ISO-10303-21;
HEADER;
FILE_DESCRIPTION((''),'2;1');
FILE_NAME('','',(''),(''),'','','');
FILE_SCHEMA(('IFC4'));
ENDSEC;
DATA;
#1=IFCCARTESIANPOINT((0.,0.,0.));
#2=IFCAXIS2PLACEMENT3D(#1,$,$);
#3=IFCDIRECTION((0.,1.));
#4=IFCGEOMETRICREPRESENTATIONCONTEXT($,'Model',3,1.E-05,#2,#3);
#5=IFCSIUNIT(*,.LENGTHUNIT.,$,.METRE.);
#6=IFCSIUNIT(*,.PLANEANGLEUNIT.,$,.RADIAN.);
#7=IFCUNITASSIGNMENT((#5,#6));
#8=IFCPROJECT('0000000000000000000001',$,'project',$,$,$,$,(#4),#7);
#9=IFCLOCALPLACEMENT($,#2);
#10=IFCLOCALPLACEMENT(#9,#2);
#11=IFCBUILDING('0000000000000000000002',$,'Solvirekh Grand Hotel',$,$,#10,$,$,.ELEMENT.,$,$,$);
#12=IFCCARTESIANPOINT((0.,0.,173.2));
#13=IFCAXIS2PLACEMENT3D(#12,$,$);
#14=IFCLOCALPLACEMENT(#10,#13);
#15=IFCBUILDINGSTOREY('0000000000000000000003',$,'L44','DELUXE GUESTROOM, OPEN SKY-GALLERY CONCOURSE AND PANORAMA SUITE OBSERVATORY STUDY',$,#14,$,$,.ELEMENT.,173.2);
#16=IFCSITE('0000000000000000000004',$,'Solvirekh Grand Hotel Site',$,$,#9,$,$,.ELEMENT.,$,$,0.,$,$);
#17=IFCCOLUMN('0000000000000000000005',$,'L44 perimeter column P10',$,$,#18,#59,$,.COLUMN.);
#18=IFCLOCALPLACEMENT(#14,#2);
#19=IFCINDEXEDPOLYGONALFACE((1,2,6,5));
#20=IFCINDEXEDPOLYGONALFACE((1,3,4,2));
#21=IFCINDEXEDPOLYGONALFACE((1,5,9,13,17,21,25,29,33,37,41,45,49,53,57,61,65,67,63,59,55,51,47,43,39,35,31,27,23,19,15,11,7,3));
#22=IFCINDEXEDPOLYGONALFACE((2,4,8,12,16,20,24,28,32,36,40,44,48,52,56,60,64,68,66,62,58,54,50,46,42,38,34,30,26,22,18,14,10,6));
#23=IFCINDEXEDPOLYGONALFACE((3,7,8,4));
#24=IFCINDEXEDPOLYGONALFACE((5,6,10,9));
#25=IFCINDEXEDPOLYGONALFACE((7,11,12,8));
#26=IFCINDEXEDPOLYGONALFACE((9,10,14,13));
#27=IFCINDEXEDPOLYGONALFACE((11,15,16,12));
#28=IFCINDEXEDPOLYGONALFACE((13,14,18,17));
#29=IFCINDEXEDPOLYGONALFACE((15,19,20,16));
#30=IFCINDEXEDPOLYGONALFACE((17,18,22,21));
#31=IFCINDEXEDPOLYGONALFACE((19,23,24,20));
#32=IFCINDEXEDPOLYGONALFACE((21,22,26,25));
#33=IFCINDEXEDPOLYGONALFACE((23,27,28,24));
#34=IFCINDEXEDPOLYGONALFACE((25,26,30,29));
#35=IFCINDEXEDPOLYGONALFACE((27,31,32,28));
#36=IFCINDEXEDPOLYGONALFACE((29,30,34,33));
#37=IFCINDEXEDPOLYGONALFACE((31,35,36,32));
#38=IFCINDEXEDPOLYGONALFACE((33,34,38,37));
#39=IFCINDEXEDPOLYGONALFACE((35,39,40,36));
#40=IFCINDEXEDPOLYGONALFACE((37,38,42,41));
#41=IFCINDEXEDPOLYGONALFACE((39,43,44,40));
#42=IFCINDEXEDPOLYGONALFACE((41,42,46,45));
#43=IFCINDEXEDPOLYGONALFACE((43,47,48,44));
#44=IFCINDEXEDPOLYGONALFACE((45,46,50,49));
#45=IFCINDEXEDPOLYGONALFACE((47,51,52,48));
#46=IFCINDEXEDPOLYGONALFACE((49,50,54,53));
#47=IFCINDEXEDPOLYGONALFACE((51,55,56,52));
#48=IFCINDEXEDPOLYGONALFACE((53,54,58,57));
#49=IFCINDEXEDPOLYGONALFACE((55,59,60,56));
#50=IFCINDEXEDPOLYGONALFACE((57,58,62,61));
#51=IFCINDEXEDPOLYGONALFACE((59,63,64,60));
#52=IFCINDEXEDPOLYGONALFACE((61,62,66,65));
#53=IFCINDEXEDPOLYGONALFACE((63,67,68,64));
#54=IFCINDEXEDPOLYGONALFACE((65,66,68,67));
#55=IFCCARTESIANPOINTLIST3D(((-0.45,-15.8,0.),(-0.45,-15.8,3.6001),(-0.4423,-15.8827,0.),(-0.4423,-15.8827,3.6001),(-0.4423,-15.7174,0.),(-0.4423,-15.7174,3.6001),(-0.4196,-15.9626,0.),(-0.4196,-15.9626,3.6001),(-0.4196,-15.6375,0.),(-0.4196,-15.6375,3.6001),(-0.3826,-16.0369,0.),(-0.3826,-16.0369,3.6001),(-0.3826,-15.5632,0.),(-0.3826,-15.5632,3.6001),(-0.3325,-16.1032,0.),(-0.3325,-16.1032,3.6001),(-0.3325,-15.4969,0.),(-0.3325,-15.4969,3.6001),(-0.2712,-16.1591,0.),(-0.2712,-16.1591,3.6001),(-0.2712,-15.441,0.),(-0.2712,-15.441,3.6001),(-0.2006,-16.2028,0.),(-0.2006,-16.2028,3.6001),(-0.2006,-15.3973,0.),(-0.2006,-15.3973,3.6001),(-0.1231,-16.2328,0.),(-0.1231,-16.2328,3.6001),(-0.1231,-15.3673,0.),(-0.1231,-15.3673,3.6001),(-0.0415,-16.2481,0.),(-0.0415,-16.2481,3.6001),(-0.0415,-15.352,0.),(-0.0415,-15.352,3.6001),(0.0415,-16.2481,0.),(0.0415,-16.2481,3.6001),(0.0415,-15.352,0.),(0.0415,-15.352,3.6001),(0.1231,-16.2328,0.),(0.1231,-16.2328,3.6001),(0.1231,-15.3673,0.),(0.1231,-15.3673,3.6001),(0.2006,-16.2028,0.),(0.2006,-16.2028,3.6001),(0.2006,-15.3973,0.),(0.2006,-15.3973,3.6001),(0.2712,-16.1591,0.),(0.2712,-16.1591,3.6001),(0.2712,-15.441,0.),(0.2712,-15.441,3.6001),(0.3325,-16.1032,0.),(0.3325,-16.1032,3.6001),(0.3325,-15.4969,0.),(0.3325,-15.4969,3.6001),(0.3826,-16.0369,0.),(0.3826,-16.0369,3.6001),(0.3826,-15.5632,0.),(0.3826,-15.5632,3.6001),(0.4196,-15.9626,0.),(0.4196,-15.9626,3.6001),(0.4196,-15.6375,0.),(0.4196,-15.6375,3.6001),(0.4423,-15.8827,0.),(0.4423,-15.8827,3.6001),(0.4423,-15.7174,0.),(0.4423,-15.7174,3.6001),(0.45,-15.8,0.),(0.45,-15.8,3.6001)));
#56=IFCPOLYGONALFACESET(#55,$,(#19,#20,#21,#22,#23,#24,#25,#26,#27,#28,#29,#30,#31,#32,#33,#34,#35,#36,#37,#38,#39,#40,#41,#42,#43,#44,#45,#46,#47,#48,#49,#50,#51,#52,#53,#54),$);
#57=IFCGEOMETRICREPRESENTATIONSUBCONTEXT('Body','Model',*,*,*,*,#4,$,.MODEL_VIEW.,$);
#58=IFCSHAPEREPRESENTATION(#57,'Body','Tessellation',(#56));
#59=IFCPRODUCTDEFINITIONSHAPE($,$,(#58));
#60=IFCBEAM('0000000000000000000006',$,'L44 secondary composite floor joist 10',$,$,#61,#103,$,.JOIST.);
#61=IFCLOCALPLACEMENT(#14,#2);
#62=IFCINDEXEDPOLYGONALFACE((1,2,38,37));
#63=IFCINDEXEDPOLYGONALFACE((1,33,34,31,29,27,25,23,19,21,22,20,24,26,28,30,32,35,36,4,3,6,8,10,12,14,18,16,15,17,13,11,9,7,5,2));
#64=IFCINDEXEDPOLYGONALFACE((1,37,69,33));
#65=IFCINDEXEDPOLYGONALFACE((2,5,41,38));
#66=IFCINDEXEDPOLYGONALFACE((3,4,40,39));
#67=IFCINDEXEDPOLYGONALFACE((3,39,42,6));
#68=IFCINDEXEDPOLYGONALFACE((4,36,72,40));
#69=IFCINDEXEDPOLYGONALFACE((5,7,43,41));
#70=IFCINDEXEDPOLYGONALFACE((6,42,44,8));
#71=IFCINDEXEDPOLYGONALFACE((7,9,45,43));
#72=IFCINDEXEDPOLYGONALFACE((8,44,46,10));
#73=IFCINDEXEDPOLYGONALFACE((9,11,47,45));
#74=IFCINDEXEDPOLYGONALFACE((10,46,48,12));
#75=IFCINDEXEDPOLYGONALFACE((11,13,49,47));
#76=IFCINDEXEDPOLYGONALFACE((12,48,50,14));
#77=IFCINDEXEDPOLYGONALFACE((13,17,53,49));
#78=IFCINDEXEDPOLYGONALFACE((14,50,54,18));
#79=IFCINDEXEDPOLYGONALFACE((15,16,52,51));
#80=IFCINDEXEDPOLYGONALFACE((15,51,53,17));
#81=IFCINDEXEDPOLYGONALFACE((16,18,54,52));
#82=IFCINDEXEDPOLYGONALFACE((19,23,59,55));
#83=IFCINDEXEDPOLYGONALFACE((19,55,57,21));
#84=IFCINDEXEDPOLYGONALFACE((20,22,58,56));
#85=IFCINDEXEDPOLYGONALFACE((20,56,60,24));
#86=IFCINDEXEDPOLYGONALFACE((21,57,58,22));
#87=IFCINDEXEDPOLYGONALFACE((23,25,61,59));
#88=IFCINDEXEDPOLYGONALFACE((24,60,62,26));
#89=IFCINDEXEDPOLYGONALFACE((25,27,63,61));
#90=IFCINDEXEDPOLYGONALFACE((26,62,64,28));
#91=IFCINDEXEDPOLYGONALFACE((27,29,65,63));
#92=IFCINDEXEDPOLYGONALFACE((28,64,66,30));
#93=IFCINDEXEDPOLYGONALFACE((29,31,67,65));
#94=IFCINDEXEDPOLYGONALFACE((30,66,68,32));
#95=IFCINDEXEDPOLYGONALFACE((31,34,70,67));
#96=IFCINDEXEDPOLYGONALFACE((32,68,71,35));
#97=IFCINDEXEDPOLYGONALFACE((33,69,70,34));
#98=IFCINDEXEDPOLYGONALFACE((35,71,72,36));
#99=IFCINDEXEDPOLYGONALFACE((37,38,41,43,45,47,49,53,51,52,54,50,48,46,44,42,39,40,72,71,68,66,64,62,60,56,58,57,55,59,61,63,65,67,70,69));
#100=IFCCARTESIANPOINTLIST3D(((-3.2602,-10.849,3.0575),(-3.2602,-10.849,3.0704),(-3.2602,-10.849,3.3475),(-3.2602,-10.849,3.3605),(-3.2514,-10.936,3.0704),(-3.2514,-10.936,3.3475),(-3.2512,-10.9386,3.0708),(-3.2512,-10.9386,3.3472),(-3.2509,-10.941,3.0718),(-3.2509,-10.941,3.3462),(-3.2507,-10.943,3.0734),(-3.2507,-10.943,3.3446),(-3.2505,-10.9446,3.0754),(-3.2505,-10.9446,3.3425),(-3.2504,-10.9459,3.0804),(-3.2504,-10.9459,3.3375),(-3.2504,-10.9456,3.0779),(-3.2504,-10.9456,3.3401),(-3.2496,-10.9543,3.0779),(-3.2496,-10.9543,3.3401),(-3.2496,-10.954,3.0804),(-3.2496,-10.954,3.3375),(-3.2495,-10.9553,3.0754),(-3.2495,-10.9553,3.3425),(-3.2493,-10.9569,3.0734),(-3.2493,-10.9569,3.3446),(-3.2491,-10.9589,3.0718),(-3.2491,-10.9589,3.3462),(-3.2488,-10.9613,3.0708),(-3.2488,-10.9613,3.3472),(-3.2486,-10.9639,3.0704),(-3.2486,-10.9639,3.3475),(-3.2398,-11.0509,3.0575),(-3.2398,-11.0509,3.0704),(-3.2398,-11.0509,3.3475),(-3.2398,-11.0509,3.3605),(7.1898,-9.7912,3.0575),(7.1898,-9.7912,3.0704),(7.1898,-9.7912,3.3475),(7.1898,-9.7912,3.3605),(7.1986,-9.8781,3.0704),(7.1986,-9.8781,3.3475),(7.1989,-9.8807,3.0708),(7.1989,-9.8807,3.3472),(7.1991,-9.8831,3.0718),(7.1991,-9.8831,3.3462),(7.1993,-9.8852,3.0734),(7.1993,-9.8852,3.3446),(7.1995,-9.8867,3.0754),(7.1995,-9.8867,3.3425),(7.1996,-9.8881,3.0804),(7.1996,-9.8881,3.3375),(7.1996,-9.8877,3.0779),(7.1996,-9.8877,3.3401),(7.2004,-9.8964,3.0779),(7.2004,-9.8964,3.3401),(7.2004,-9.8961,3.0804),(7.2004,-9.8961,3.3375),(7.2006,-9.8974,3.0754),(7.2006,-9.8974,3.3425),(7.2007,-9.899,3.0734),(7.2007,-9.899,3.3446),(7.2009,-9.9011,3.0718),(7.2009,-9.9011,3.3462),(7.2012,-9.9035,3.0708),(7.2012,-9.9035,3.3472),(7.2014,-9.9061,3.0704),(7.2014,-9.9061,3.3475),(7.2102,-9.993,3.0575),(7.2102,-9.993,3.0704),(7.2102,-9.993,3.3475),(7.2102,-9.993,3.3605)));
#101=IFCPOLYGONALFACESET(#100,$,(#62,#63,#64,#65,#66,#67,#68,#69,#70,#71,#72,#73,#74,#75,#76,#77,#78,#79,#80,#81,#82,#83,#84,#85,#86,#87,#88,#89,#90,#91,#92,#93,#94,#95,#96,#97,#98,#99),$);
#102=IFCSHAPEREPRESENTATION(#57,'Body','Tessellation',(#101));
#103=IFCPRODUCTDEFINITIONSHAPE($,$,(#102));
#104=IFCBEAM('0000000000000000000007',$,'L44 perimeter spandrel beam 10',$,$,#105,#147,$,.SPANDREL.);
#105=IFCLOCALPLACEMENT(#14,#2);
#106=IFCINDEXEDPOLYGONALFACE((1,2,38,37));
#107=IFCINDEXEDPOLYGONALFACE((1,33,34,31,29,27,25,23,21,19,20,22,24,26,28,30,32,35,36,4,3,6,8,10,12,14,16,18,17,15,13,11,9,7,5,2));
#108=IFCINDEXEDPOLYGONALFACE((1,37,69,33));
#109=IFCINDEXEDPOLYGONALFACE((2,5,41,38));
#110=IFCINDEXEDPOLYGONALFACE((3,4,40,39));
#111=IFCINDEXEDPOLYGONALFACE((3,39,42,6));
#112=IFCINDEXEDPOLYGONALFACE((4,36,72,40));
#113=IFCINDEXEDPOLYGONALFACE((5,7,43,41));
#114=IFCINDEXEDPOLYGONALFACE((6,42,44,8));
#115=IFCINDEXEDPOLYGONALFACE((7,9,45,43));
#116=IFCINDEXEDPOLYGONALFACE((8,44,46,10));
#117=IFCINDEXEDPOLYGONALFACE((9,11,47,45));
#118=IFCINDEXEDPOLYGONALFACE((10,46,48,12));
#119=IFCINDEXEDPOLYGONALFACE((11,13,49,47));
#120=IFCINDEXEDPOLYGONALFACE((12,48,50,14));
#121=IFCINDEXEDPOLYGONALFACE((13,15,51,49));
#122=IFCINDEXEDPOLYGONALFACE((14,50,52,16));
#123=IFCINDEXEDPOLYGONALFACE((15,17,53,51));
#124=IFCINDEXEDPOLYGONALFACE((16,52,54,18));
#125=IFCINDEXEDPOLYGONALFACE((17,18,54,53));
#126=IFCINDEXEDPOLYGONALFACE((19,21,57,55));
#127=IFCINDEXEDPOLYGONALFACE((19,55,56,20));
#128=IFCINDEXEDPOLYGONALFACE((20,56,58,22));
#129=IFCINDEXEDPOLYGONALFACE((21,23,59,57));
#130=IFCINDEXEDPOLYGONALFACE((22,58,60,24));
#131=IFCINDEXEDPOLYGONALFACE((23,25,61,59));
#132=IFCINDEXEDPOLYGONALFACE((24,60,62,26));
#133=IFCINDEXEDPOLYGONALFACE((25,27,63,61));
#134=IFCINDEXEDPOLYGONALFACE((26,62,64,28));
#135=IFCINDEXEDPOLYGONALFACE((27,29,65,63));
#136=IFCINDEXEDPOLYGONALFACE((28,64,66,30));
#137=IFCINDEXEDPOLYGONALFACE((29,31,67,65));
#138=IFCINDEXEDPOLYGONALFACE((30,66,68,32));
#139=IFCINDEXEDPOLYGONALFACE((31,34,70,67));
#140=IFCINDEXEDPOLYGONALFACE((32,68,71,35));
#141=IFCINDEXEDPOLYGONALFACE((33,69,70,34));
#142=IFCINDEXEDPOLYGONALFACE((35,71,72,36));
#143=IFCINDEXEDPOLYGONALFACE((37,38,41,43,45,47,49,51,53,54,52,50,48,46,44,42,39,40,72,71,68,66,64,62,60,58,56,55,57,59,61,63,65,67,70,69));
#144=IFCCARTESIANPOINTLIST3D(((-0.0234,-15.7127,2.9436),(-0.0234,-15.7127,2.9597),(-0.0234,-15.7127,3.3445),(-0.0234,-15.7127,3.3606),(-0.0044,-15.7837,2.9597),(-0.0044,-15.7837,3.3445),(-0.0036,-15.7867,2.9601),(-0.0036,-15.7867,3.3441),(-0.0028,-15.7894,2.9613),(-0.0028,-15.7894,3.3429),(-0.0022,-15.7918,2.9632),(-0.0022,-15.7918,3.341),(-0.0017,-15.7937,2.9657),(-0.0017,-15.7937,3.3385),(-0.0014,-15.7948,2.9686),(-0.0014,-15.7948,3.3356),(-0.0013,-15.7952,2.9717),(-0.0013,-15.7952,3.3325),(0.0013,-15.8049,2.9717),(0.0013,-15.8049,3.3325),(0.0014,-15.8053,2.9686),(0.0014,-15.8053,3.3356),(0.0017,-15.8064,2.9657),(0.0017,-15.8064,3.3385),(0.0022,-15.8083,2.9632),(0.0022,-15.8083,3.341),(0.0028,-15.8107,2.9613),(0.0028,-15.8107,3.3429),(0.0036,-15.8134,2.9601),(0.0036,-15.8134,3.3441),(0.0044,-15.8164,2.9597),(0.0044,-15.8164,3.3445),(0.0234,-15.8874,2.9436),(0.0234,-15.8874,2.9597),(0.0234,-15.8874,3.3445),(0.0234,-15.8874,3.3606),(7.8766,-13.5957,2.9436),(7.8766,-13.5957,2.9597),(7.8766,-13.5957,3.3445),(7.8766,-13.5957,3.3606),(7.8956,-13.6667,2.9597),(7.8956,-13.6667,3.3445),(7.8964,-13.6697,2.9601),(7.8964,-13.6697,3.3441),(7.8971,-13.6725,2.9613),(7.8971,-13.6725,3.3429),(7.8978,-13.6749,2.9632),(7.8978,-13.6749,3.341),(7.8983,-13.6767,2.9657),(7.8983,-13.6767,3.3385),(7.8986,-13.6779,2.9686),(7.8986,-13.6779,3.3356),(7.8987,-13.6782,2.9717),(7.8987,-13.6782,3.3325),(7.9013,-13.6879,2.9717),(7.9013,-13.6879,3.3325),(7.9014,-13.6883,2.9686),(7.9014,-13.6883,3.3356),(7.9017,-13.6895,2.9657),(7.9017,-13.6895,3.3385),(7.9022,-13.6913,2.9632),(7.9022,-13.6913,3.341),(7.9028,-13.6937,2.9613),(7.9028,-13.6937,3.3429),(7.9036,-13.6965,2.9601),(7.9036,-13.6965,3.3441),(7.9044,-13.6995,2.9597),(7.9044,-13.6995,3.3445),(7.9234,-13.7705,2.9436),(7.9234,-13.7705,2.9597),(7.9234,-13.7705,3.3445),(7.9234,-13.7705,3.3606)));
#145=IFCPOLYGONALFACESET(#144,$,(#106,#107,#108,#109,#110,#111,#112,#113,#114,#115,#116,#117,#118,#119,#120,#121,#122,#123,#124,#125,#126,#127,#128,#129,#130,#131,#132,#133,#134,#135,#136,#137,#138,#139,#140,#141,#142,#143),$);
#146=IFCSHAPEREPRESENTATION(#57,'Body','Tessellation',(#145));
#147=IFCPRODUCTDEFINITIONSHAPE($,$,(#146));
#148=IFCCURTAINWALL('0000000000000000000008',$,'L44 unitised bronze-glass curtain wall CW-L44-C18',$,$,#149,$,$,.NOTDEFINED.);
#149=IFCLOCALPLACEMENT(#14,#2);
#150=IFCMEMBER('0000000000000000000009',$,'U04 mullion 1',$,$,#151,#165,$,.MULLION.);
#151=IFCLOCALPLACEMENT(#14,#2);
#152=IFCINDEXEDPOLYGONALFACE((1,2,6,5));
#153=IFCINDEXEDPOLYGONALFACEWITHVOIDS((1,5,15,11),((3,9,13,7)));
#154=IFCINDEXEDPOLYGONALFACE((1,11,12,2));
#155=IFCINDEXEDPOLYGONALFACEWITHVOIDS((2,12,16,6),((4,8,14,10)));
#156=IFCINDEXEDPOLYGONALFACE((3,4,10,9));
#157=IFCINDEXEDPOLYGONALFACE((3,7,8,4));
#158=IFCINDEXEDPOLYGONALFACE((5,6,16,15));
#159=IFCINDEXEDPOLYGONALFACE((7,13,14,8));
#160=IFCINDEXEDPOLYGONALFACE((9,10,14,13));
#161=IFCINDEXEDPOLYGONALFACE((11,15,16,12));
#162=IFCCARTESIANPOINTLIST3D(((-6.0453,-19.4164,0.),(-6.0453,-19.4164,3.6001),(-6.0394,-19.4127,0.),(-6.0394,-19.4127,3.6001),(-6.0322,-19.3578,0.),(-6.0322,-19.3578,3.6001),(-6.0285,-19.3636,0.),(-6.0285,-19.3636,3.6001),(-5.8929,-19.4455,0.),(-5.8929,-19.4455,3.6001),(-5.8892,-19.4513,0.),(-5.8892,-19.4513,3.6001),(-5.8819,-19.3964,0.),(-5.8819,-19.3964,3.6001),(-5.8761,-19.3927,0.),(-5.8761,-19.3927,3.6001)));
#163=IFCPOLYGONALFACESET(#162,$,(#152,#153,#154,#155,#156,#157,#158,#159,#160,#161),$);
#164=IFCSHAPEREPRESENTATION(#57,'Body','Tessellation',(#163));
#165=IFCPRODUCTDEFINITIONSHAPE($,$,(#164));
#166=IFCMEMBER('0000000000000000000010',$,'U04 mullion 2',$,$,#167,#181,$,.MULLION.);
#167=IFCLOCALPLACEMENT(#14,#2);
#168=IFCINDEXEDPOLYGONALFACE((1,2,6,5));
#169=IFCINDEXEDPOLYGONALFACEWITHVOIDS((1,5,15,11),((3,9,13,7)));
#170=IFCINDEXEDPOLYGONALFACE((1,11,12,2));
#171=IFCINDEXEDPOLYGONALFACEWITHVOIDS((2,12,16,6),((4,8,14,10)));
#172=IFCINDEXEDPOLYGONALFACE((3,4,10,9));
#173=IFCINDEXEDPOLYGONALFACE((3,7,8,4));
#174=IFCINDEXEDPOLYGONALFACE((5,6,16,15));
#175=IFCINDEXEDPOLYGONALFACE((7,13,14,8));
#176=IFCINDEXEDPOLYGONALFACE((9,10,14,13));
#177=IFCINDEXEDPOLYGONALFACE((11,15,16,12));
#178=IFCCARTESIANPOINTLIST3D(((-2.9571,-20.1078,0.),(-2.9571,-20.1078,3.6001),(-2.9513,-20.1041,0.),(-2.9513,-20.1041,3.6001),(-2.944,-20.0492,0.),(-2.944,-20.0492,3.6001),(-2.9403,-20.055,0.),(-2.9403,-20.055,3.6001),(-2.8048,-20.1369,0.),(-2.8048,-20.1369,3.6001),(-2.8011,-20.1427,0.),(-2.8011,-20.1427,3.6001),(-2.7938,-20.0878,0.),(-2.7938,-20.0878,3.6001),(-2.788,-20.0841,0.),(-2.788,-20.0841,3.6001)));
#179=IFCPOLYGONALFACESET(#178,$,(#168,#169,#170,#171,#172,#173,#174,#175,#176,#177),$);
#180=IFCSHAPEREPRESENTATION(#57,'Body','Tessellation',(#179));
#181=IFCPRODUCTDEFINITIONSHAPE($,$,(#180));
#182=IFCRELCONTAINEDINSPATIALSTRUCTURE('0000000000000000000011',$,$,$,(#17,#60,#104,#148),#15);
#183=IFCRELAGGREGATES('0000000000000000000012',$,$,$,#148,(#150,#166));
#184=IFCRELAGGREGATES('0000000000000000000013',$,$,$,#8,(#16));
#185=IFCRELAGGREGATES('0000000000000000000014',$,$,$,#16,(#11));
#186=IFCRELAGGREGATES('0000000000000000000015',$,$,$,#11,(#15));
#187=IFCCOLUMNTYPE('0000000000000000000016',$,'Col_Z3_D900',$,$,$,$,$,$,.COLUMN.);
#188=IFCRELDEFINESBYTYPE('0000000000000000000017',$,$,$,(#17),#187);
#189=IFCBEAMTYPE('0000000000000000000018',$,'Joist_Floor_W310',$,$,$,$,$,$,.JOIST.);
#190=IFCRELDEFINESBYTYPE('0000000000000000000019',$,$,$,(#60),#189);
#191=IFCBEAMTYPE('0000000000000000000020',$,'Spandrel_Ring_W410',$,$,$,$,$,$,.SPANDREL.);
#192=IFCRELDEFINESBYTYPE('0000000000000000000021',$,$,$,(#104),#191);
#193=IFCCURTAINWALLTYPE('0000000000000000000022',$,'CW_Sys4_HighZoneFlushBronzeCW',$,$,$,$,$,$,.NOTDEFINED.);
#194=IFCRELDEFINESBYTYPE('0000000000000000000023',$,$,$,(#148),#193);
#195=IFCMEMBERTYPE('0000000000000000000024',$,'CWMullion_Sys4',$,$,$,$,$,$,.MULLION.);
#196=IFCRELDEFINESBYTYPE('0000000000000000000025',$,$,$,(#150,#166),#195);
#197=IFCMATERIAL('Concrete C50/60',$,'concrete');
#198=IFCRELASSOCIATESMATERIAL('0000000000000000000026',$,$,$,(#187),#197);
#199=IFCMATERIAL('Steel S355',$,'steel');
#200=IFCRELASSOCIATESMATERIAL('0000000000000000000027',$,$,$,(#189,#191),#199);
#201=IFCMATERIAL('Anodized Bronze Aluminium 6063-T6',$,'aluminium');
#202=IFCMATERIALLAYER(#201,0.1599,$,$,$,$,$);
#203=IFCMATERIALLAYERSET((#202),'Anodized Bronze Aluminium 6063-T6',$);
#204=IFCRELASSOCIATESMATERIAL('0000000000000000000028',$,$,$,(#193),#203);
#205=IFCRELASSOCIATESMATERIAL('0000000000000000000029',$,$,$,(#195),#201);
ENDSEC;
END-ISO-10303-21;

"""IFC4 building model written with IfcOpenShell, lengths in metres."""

from ifc_helpers import new_model, si_unit, direction, frame, origin, origin_2d, place, context, subcontext, project, spatial, hollow_rectangle, circle, i_section, extrude, source, transform, mapped, material, layer, layer_set, material_profile, profile_set, type_object, element, aggregate, save


model = new_model("IFC4")

# Units and contexts
model_context = context("Model", 3, precision=1e-05, world=origin(), true_north=direction((0.0, 1.0)))
body_context = subcontext(model_context, "Body", "Model", "MODEL_VIEW")
ifc_project = project(units=[si_unit("LENGTHUNIT", "METRE"), si_unit("PLANEANGLEUNIT", "RADIAN")], contexts=[model_context])

# Site, building, storey
site_placement = place(None, origin())
site = spatial("IfcSite", under=ifc_project, at=site_placement, Name="Solvirekh Grand Hotel Site", CompositionType="ELEMENT", RefElevation=0.0)
building_placement = place(site_placement, origin())
building = spatial("IfcBuilding", under=site, at=building_placement, Name="Solvirekh Grand Hotel", CompositionType="ELEMENT")
storey_placement = place(building_placement, frame((0.0, 0.0, 173.2)))
storey = spatial("IfcBuildingStorey", under=building, at=storey_placement, Name="L44", Description="DELUXE GUESTROOM, OPEN SKY-GALLERY CONCOURSE AND PANORAMA SUITE OBSERVATORY STUDY", CompositionType="ELEMENT", Elevation=173.2)

# Column
ifc_material_1 = material(Name="Concrete C50/60", Category="concrete")
ifc_material_profile_1 = material_profile(ifc_material_1, circle(Radius=0.45, at=origin_2d()), Name="RC CIRC D900")
ifc_profile_set_1 = profile_set([ifc_material_profile_1], Name="Concrete C50/60")
column_type = type_object("IfcColumnType", Name="Col_Z3_D900", PredefinedType="COLUMN", material=ifc_profile_set_1)
column_placement = place(storey_placement, frame((0.0, -15.8, 0.0), z_axis=(0.0, 0.0, 1.0), x_axis=(1.0, 0.0, 0.0)))
element("IfcColumn", 1, at=column_placement, inside=storey, type_object=column_type, Name="L44 perimeter column P10", PredefinedType="COLUMN", context=body_context, shape_type="SweptSolid", body=[
    extrude(circle(Radius=0.45, at=origin_2d()), origin(), (0.0, 0.0, 1.0), 3.6001),
])

# Beams
ifc_material_2 = material(Name="Steel S355", Category="steel")
ifc_material_profile_2 = material_profile(ifc_material_2, i_section(OverallWidth=0.2029, OverallDepth=0.303, WebThickness=0.0081, FlangeThickness=0.0129, FilletRadius=0.01, at=origin_2d()), Name="W310X60")
ifc_profile_set_2 = profile_set([ifc_material_profile_2], Name="Steel S355")
beam_type_1 = type_object("IfcBeamType", Name="Joist_Floor_W310", PredefinedType="JOIST", material=ifc_profile_set_2)
beam_1_placement = place(storey_placement, frame((-3.25, -10.95, 3.209), z_axis=(0.994915, 0.100716, 0.0), x_axis=(-0.100716, 0.994915, 0.0)))
element("IfcBeam", 2, at=beam_1_placement, inside=storey, type_object=beam_type_1, Name="L44 secondary composite floor joist 10", PredefinedType="JOIST", context=body_context, shape_type="SweptSolid", body=[
    extrude(i_section(OverallWidth=0.2029, OverallDepth=0.303, WebThickness=0.0081, FlangeThickness=0.0129, FilletRadius=0.01, at=origin_2d()), origin(), (0.0, 0.0, 1.0), 10.5034),
])
ifc_material_profile_3 = material_profile(ifc_material_2, i_section(OverallWidth=0.1809, OverallDepth=0.417, WebThickness=0.01, FlangeThickness=0.0161, FilletRadius=0.012, at=origin_2d()), Name="W410X85")
ifc_profile_set_3 = profile_set([ifc_material_profile_3], Name="Steel S355")
beam_type_2 = type_object("IfcBeamType", Name="Spandrel_Ring_W410", PredefinedType="SPANDREL", material=ifc_profile_set_3)
beam_2_placement = place(storey_placement, frame((0.0, -15.8, 3.1521), z_axis=(0.965921, 0.258839, 0.0), x_axis=(-0.258839, 0.965921, 0.0)))
element("IfcBeam", 3, at=beam_2_placement, inside=storey, type_object=beam_type_2, Name="L44 perimeter spandrel beam 10", PredefinedType="SPANDREL", context=body_context, shape_type="SweptSolid", body=[
    extrude(i_section(OverallWidth=0.1809, OverallDepth=0.417, WebThickness=0.01, FlangeThickness=0.0161, FilletRadius=0.012, at=origin_2d()), origin(), (0.0, 0.0, 1.0), 8.1787),
])

# Curtain wall, members
ifc_material_3 = material(Name="Anodized Bronze Aluminium 6063-T6", Category="aluminium")
ifc_layer_1 = layer(ifc_material_3, 0.1599)
ifc_layer_set_1 = layer_set([ifc_layer_1], Name="Anodized Bronze Aluminium 6063-T6")
curtain_wall_type = type_object("IfcCurtainWallType", Name="CW_Sys4_HighZoneFlushBronzeCW", PredefinedType="NOTDEFINED", material=ifc_layer_set_1)
curtain_wall_placement = place(storey_placement, origin())
curtain_wall = element("IfcCurtainWall", 4, at=curtain_wall_placement, inside=storey, type_object=curtain_wall_type, Name="L44 unitised bronze-glass curtain wall CW-L44-C18", PredefinedType="NOTDEFINED")
ifc_material_profile_4 = material_profile(ifc_material_3, hollow_rectangle(XDim=0.0601, YDim=0.1599, WallThickness=0.0049, at=origin_2d()), Name="ALU RHS 160X60X5")
ifc_profile_set_4 = profile_set([ifc_material_profile_4], Name="Anodized Bronze Aluminium 6063-T6")
member_type_1 = type_object("IfcMemberType", Name="CWMullion_Sys4", PredefinedType="MULLION", material=ifc_profile_set_4)
shared_shape_1 = source(origin(), body_context, "Body", "SweptSolid", [
    extrude(hollow_rectangle(XDim=0.0601, YDim=0.1599, WallThickness=0.0049, at=origin_2d()), origin(), (0.0, 0.0, 1.0), 3.6001),
])
member_1_placement = place(storey_placement, frame((-5.9607, -19.4045, 0.0), z_axis=(0.0, 0.0, 1.0), x_axis=(0.218488, 0.97584, 0.0)))
member_1 = element("IfcMember", 5, at=member_1_placement, type_object=member_type_1, Name="U04 mullion 1", PredefinedType="MULLION", context=body_context, shape_type="MappedRepresentation", body=[
    mapped(shared_shape_1, transform((0.0, 0.0, 0.0), x_axis=(1.0, 0.0, 0.0), y_axis=(0.0, 1.0, 0.0), z_axis=(0.0, 0.0, 1.0), scale=1.0)),
])
member_2_placement = place(storey_placement, frame((-2.8726, -20.0959, 0.0), z_axis=(0.0, 0.0, 1.0), x_axis=(0.218488, 0.97584, 0.0)))
member_2 = element("IfcMember", 6, at=member_2_placement, type_object=member_type_1, Name="U04 mullion 2", PredefinedType="MULLION", context=body_context, shape_type="MappedRepresentation", body=[
    mapped(shared_shape_1, transform((0.0, 0.0, 0.0), x_axis=(1.0, 0.0, 0.0), y_axis=(0.0, 1.0, 0.0), z_axis=(0.0, 0.0, 1.0), scale=1.0)),
])
aggregate(curtain_wall, [member_1, member_2])

save(model, "model.ifc")
